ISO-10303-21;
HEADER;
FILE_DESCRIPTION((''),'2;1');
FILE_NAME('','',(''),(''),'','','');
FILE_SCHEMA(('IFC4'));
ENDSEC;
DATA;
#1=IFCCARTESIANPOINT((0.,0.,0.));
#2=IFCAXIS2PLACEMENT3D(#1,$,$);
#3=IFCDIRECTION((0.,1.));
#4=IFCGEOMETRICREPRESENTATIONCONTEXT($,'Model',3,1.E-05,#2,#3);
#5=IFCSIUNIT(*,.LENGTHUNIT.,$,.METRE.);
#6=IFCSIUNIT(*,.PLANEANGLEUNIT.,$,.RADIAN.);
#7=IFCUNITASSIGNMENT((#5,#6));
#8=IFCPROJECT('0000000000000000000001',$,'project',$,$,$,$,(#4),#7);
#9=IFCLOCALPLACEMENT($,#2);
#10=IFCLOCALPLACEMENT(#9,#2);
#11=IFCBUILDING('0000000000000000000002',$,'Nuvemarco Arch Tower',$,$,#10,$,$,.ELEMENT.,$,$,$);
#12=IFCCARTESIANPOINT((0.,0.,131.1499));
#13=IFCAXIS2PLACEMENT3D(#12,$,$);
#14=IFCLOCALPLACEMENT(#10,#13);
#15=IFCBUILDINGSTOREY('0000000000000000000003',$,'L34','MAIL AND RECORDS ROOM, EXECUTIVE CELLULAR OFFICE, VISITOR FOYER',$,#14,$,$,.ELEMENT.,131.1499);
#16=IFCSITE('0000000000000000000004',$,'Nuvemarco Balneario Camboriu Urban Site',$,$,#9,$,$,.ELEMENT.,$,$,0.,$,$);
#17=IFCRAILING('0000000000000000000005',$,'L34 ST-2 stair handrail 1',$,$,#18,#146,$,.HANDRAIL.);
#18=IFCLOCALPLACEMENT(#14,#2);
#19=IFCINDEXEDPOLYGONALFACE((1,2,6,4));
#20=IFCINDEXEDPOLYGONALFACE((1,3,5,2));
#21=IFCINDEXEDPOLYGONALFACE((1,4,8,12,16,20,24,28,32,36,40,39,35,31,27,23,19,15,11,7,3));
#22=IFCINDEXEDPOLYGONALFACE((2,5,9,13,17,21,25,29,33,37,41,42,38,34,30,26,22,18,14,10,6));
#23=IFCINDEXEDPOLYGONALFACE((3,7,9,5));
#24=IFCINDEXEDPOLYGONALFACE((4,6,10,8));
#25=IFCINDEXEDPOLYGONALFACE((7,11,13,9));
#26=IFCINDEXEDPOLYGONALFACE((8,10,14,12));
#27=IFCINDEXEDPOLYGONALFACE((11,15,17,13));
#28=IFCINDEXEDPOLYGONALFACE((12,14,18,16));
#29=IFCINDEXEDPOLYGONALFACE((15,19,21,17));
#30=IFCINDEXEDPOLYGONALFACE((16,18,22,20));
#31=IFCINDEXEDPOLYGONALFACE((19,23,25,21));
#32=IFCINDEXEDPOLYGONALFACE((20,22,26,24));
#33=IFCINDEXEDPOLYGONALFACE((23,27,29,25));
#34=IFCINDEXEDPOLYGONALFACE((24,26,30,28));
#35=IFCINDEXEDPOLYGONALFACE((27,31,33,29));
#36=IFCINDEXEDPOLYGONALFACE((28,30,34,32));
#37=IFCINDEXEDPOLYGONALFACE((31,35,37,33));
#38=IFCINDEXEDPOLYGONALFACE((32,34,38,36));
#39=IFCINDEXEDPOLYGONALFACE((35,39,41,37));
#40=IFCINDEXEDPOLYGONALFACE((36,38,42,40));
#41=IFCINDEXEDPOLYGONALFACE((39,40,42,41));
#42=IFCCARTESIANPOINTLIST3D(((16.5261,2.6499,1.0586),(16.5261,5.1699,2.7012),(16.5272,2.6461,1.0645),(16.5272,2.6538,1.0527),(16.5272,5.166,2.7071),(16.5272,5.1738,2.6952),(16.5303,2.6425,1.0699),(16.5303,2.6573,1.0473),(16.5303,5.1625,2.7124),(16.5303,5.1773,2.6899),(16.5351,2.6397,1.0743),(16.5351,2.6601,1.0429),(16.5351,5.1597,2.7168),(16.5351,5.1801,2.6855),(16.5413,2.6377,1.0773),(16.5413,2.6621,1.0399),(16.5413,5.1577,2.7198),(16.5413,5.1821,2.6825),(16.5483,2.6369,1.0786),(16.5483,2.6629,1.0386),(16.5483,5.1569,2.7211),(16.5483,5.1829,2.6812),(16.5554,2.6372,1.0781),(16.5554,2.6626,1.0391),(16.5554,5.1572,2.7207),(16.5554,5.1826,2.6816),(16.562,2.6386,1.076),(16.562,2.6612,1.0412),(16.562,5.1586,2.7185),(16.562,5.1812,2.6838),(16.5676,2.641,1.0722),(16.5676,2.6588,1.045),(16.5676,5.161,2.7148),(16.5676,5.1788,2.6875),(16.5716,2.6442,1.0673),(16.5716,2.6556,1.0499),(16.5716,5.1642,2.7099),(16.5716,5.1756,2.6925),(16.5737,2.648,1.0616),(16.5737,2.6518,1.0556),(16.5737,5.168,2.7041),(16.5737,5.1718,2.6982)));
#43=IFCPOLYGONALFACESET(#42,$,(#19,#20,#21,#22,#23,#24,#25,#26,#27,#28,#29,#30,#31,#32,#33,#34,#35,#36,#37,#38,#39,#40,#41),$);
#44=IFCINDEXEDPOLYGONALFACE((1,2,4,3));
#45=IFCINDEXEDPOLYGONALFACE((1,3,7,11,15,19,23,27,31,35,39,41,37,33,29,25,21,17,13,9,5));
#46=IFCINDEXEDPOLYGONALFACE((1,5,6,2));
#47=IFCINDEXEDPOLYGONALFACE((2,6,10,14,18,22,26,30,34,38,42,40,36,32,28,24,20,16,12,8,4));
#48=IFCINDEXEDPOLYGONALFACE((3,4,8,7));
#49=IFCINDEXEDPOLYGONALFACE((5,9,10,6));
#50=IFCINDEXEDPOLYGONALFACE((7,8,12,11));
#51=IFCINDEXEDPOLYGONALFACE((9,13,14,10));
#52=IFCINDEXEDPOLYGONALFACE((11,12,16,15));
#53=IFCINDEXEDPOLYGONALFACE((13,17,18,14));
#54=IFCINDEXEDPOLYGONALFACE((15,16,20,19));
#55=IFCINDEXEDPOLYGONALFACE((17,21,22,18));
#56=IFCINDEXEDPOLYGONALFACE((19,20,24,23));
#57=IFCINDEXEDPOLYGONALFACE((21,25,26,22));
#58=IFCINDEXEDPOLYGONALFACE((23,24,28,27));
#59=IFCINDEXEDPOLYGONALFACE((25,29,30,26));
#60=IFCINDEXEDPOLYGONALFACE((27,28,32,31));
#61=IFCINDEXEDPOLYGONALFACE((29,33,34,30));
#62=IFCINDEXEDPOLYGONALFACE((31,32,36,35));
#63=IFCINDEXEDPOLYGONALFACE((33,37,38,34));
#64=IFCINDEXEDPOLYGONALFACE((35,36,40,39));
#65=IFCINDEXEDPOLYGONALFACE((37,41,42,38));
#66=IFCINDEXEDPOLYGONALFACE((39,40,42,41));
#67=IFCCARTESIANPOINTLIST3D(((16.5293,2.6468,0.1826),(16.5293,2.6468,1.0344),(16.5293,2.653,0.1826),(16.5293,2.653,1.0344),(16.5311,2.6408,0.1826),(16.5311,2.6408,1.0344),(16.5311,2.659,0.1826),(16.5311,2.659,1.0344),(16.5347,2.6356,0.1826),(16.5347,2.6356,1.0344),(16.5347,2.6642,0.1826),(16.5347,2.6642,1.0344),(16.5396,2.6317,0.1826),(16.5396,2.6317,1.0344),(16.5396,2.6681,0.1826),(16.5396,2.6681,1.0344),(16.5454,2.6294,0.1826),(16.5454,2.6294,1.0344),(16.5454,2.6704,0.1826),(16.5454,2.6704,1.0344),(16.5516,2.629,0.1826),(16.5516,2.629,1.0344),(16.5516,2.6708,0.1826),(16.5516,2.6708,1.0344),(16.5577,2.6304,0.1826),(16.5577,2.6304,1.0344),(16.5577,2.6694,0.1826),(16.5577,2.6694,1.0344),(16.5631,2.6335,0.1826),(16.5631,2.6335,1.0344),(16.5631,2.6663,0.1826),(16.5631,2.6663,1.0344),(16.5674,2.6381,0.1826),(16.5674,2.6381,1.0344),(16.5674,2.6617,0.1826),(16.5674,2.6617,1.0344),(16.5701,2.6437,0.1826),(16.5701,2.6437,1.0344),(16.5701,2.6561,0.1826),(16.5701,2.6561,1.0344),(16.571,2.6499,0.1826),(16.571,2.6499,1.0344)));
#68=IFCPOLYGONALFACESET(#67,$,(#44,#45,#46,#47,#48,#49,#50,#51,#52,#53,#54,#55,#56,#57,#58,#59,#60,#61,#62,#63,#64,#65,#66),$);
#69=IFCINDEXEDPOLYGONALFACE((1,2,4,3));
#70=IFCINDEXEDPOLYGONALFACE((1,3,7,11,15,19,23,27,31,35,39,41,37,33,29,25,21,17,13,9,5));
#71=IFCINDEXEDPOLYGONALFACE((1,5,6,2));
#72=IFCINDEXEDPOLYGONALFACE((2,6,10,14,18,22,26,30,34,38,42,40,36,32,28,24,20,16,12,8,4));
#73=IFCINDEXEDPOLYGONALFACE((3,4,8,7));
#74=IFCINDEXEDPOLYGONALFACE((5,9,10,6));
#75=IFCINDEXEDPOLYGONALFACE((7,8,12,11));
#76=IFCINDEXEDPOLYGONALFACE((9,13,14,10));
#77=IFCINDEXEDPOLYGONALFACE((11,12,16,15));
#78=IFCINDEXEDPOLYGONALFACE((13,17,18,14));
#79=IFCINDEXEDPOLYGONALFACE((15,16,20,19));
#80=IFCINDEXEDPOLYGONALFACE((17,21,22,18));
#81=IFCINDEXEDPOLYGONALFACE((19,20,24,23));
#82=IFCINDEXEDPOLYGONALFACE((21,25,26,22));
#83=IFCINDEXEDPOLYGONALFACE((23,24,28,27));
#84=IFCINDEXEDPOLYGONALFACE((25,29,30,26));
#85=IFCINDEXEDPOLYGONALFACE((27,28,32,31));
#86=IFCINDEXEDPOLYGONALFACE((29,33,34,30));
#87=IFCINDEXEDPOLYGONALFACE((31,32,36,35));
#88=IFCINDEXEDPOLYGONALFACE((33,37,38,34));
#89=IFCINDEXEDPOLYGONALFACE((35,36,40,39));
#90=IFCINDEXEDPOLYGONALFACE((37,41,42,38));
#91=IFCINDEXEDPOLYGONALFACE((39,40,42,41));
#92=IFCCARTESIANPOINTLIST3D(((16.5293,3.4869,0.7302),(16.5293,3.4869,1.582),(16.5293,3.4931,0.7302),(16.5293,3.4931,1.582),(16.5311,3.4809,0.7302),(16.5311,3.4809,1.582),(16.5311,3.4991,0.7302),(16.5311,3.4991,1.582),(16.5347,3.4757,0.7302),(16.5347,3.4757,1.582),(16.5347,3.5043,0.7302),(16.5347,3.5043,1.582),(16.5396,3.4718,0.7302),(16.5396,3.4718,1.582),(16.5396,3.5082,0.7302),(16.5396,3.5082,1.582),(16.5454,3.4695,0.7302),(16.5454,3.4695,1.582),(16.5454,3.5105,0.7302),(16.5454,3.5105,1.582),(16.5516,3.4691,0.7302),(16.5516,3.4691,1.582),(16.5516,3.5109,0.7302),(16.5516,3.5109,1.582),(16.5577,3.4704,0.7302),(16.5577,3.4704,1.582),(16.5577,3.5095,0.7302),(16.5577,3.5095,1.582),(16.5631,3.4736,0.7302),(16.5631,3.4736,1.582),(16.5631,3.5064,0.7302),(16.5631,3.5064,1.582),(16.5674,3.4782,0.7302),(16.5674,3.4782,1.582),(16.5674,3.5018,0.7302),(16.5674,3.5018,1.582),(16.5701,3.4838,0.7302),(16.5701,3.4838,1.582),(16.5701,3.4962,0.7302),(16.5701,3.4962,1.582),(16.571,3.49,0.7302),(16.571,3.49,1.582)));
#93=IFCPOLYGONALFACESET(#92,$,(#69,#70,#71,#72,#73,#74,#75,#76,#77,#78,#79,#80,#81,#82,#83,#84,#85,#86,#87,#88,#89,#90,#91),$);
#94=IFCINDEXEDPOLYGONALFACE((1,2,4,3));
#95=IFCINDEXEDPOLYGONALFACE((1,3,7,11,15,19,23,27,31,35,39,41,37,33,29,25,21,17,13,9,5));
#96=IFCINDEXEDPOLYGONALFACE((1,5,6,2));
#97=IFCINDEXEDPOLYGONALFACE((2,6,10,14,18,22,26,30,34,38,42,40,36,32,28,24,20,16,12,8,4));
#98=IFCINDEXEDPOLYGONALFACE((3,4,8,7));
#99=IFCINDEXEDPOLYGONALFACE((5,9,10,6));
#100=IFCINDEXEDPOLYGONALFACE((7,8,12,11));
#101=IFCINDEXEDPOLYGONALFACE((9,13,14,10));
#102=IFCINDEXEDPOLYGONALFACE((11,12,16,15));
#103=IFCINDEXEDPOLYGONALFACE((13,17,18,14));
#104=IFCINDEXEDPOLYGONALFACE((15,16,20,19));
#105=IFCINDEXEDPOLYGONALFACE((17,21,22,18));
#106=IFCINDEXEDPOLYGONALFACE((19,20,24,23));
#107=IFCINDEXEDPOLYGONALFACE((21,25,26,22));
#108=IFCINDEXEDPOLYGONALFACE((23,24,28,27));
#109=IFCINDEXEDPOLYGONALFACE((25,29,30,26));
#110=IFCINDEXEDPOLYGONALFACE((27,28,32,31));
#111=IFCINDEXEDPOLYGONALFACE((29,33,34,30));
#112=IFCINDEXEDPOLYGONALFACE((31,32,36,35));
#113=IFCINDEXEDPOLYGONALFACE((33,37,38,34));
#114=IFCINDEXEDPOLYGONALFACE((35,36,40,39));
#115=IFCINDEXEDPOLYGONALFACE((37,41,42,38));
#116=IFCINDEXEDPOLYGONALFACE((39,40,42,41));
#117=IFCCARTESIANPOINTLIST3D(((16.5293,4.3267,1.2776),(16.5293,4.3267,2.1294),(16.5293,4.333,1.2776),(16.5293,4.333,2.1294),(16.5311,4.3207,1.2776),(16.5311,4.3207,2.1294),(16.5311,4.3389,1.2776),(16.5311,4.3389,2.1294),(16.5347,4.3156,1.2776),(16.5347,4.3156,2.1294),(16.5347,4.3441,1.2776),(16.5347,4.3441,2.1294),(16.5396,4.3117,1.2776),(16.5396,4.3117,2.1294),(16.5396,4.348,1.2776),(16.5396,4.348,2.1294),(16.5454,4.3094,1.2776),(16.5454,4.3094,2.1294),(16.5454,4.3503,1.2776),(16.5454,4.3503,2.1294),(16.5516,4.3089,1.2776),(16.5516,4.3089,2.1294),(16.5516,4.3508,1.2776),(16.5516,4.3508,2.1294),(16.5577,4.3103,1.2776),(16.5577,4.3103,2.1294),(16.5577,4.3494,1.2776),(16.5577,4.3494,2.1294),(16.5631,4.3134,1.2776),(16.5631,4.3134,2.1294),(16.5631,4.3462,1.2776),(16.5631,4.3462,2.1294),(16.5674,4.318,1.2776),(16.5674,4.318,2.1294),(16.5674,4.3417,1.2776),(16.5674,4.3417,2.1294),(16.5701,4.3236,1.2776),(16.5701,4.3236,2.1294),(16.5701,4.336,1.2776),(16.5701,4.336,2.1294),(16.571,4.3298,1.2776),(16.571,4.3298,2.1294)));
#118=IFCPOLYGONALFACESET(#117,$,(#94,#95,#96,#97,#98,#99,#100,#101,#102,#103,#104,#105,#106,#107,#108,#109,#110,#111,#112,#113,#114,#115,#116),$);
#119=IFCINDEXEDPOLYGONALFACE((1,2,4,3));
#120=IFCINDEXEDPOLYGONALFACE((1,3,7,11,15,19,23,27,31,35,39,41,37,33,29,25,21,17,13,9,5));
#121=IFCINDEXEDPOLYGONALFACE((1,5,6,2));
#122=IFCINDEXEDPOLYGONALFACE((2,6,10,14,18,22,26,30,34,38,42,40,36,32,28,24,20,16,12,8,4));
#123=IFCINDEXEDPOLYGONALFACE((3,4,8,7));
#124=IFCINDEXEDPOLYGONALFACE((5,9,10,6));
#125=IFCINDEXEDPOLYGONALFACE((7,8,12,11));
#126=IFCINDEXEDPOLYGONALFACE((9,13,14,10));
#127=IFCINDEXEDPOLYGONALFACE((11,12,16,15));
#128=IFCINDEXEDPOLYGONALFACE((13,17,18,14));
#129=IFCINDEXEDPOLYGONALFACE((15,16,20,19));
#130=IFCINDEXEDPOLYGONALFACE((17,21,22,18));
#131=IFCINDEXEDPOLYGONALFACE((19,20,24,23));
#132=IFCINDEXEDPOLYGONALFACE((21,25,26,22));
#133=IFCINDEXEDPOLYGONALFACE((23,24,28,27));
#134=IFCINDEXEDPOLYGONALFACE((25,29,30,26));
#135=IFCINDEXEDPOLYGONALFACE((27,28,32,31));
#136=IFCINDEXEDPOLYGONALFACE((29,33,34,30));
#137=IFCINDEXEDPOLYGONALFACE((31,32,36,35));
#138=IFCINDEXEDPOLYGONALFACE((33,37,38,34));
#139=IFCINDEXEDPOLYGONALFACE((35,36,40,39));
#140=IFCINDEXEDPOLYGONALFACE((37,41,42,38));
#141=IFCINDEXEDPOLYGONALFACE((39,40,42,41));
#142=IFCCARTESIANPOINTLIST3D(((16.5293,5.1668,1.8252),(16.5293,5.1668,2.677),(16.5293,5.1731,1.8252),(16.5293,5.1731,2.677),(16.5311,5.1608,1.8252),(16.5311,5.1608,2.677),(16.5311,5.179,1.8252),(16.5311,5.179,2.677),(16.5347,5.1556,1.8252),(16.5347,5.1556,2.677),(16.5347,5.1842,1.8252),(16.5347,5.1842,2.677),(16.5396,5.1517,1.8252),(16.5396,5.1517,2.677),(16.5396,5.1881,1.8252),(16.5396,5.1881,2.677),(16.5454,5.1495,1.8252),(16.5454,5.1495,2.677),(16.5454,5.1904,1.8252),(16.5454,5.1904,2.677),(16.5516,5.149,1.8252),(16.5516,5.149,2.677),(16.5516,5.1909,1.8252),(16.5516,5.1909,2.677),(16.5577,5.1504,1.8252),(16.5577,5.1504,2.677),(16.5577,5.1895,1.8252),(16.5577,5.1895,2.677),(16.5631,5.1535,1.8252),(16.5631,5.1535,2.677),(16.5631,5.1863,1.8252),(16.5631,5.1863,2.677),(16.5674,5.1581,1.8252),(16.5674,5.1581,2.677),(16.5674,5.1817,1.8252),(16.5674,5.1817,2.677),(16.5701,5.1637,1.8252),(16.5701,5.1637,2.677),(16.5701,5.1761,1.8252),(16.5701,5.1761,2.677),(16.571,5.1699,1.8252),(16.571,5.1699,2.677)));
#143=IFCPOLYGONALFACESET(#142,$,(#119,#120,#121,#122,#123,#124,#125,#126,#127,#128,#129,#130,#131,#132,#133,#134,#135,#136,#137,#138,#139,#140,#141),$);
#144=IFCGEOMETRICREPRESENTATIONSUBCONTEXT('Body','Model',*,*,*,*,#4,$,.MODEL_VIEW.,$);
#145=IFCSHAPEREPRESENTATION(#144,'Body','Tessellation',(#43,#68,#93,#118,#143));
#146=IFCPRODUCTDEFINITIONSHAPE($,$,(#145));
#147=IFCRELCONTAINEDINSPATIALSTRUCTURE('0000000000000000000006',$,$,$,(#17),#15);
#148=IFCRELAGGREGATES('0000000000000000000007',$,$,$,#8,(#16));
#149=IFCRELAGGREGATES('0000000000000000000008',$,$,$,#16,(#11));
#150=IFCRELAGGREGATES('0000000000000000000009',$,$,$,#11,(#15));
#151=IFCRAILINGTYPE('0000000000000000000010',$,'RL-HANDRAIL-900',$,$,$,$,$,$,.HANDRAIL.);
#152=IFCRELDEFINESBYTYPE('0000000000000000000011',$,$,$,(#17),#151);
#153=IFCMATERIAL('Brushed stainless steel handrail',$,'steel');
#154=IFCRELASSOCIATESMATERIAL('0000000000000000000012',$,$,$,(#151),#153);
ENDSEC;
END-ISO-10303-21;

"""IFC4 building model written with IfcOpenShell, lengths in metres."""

from ifc_helpers import new_model, si_unit, direction, frame, origin, origin_2d, place, context, subcontext, project, spatial, circle, extrude, material, type_object, element, save


model = new_model("IFC4")

# Units and contexts
model_context = context("Model", 3, precision=1e-05, world=origin(), true_north=direction((0.0, 1.0)))
body_context = subcontext(model_context, "Body", "Model", "MODEL_VIEW")
ifc_project = project(units=[si_unit("LENGTHUNIT", "METRE"), si_unit("PLANEANGLEUNIT", "RADIAN")], contexts=[model_context])

# Site, building, storey
site_placement = place(None, origin())
site = spatial("IfcSite", under=ifc_project, at=site_placement, Name="Nuvemarco Balneario Camboriu Urban Site", CompositionType="ELEMENT", RefElevation=0.0)
building_placement = place(site_placement, origin())
building = spatial("IfcBuilding", under=site, at=building_placement, Name="Nuvemarco Arch Tower", CompositionType="ELEMENT")
storey_placement = place(building_placement, frame((0.0, 0.0, 131.1499)))
storey = spatial("IfcBuildingStorey", under=building, at=storey_placement, Name="L34", Description="MAIL AND RECORDS ROOM, EXECUTIVE CELLULAR OFFICE, VISITOR FOYER", CompositionType="ELEMENT", Elevation=131.1499)

# Railing
ifc_material_1 = material(Name="Brushed stainless steel handrail", Category="steel")
railing_type_1 = type_object("IfcRailingType", Name="RL-HANDRAIL-900", PredefinedType="HANDRAIL", material=ifc_material_1)
railing_1_placement = place(storey_placement, frame((16.55, 2.6499, 0.1826)))
element("IfcRailing", 1, at=railing_1_placement, inside=storey, type_object=railing_type_1, Name="L34 ST-2 stair handrail 1", PredefinedType="HANDRAIL", context=body_context, shape_type="SweptSolid", body=[
    extrude(circle(Radius=0.0239, at=origin_2d()), frame((0.0, 0.0, 0.876), z_axis=(0.0, 0.837749, 0.546055), x_axis=(-1.0, 0.0, 0.0)), (0.0, 0.0, 1.0), 3.0081),
    extrude(circle(Radius=0.021, at=origin_2d()), origin(), (0.0, 0.0, 1.0), 0.8518),
    extrude(circle(Radius=0.021, at=origin_2d()), frame((0.0, 0.8401, 0.5476)), (0.0, 0.0, 1.0), 0.8518),
    extrude(circle(Radius=0.021, at=origin_2d()), frame((0.0, 1.6799, 1.095)), (0.0, 0.0, 1.0), 0.8518),
    extrude(circle(Radius=0.021, at=origin_2d()), frame((0.0, 2.52, 1.6426)), (0.0, 0.0, 1.0), 0.8518),
])

save(model, "model.ifc")
